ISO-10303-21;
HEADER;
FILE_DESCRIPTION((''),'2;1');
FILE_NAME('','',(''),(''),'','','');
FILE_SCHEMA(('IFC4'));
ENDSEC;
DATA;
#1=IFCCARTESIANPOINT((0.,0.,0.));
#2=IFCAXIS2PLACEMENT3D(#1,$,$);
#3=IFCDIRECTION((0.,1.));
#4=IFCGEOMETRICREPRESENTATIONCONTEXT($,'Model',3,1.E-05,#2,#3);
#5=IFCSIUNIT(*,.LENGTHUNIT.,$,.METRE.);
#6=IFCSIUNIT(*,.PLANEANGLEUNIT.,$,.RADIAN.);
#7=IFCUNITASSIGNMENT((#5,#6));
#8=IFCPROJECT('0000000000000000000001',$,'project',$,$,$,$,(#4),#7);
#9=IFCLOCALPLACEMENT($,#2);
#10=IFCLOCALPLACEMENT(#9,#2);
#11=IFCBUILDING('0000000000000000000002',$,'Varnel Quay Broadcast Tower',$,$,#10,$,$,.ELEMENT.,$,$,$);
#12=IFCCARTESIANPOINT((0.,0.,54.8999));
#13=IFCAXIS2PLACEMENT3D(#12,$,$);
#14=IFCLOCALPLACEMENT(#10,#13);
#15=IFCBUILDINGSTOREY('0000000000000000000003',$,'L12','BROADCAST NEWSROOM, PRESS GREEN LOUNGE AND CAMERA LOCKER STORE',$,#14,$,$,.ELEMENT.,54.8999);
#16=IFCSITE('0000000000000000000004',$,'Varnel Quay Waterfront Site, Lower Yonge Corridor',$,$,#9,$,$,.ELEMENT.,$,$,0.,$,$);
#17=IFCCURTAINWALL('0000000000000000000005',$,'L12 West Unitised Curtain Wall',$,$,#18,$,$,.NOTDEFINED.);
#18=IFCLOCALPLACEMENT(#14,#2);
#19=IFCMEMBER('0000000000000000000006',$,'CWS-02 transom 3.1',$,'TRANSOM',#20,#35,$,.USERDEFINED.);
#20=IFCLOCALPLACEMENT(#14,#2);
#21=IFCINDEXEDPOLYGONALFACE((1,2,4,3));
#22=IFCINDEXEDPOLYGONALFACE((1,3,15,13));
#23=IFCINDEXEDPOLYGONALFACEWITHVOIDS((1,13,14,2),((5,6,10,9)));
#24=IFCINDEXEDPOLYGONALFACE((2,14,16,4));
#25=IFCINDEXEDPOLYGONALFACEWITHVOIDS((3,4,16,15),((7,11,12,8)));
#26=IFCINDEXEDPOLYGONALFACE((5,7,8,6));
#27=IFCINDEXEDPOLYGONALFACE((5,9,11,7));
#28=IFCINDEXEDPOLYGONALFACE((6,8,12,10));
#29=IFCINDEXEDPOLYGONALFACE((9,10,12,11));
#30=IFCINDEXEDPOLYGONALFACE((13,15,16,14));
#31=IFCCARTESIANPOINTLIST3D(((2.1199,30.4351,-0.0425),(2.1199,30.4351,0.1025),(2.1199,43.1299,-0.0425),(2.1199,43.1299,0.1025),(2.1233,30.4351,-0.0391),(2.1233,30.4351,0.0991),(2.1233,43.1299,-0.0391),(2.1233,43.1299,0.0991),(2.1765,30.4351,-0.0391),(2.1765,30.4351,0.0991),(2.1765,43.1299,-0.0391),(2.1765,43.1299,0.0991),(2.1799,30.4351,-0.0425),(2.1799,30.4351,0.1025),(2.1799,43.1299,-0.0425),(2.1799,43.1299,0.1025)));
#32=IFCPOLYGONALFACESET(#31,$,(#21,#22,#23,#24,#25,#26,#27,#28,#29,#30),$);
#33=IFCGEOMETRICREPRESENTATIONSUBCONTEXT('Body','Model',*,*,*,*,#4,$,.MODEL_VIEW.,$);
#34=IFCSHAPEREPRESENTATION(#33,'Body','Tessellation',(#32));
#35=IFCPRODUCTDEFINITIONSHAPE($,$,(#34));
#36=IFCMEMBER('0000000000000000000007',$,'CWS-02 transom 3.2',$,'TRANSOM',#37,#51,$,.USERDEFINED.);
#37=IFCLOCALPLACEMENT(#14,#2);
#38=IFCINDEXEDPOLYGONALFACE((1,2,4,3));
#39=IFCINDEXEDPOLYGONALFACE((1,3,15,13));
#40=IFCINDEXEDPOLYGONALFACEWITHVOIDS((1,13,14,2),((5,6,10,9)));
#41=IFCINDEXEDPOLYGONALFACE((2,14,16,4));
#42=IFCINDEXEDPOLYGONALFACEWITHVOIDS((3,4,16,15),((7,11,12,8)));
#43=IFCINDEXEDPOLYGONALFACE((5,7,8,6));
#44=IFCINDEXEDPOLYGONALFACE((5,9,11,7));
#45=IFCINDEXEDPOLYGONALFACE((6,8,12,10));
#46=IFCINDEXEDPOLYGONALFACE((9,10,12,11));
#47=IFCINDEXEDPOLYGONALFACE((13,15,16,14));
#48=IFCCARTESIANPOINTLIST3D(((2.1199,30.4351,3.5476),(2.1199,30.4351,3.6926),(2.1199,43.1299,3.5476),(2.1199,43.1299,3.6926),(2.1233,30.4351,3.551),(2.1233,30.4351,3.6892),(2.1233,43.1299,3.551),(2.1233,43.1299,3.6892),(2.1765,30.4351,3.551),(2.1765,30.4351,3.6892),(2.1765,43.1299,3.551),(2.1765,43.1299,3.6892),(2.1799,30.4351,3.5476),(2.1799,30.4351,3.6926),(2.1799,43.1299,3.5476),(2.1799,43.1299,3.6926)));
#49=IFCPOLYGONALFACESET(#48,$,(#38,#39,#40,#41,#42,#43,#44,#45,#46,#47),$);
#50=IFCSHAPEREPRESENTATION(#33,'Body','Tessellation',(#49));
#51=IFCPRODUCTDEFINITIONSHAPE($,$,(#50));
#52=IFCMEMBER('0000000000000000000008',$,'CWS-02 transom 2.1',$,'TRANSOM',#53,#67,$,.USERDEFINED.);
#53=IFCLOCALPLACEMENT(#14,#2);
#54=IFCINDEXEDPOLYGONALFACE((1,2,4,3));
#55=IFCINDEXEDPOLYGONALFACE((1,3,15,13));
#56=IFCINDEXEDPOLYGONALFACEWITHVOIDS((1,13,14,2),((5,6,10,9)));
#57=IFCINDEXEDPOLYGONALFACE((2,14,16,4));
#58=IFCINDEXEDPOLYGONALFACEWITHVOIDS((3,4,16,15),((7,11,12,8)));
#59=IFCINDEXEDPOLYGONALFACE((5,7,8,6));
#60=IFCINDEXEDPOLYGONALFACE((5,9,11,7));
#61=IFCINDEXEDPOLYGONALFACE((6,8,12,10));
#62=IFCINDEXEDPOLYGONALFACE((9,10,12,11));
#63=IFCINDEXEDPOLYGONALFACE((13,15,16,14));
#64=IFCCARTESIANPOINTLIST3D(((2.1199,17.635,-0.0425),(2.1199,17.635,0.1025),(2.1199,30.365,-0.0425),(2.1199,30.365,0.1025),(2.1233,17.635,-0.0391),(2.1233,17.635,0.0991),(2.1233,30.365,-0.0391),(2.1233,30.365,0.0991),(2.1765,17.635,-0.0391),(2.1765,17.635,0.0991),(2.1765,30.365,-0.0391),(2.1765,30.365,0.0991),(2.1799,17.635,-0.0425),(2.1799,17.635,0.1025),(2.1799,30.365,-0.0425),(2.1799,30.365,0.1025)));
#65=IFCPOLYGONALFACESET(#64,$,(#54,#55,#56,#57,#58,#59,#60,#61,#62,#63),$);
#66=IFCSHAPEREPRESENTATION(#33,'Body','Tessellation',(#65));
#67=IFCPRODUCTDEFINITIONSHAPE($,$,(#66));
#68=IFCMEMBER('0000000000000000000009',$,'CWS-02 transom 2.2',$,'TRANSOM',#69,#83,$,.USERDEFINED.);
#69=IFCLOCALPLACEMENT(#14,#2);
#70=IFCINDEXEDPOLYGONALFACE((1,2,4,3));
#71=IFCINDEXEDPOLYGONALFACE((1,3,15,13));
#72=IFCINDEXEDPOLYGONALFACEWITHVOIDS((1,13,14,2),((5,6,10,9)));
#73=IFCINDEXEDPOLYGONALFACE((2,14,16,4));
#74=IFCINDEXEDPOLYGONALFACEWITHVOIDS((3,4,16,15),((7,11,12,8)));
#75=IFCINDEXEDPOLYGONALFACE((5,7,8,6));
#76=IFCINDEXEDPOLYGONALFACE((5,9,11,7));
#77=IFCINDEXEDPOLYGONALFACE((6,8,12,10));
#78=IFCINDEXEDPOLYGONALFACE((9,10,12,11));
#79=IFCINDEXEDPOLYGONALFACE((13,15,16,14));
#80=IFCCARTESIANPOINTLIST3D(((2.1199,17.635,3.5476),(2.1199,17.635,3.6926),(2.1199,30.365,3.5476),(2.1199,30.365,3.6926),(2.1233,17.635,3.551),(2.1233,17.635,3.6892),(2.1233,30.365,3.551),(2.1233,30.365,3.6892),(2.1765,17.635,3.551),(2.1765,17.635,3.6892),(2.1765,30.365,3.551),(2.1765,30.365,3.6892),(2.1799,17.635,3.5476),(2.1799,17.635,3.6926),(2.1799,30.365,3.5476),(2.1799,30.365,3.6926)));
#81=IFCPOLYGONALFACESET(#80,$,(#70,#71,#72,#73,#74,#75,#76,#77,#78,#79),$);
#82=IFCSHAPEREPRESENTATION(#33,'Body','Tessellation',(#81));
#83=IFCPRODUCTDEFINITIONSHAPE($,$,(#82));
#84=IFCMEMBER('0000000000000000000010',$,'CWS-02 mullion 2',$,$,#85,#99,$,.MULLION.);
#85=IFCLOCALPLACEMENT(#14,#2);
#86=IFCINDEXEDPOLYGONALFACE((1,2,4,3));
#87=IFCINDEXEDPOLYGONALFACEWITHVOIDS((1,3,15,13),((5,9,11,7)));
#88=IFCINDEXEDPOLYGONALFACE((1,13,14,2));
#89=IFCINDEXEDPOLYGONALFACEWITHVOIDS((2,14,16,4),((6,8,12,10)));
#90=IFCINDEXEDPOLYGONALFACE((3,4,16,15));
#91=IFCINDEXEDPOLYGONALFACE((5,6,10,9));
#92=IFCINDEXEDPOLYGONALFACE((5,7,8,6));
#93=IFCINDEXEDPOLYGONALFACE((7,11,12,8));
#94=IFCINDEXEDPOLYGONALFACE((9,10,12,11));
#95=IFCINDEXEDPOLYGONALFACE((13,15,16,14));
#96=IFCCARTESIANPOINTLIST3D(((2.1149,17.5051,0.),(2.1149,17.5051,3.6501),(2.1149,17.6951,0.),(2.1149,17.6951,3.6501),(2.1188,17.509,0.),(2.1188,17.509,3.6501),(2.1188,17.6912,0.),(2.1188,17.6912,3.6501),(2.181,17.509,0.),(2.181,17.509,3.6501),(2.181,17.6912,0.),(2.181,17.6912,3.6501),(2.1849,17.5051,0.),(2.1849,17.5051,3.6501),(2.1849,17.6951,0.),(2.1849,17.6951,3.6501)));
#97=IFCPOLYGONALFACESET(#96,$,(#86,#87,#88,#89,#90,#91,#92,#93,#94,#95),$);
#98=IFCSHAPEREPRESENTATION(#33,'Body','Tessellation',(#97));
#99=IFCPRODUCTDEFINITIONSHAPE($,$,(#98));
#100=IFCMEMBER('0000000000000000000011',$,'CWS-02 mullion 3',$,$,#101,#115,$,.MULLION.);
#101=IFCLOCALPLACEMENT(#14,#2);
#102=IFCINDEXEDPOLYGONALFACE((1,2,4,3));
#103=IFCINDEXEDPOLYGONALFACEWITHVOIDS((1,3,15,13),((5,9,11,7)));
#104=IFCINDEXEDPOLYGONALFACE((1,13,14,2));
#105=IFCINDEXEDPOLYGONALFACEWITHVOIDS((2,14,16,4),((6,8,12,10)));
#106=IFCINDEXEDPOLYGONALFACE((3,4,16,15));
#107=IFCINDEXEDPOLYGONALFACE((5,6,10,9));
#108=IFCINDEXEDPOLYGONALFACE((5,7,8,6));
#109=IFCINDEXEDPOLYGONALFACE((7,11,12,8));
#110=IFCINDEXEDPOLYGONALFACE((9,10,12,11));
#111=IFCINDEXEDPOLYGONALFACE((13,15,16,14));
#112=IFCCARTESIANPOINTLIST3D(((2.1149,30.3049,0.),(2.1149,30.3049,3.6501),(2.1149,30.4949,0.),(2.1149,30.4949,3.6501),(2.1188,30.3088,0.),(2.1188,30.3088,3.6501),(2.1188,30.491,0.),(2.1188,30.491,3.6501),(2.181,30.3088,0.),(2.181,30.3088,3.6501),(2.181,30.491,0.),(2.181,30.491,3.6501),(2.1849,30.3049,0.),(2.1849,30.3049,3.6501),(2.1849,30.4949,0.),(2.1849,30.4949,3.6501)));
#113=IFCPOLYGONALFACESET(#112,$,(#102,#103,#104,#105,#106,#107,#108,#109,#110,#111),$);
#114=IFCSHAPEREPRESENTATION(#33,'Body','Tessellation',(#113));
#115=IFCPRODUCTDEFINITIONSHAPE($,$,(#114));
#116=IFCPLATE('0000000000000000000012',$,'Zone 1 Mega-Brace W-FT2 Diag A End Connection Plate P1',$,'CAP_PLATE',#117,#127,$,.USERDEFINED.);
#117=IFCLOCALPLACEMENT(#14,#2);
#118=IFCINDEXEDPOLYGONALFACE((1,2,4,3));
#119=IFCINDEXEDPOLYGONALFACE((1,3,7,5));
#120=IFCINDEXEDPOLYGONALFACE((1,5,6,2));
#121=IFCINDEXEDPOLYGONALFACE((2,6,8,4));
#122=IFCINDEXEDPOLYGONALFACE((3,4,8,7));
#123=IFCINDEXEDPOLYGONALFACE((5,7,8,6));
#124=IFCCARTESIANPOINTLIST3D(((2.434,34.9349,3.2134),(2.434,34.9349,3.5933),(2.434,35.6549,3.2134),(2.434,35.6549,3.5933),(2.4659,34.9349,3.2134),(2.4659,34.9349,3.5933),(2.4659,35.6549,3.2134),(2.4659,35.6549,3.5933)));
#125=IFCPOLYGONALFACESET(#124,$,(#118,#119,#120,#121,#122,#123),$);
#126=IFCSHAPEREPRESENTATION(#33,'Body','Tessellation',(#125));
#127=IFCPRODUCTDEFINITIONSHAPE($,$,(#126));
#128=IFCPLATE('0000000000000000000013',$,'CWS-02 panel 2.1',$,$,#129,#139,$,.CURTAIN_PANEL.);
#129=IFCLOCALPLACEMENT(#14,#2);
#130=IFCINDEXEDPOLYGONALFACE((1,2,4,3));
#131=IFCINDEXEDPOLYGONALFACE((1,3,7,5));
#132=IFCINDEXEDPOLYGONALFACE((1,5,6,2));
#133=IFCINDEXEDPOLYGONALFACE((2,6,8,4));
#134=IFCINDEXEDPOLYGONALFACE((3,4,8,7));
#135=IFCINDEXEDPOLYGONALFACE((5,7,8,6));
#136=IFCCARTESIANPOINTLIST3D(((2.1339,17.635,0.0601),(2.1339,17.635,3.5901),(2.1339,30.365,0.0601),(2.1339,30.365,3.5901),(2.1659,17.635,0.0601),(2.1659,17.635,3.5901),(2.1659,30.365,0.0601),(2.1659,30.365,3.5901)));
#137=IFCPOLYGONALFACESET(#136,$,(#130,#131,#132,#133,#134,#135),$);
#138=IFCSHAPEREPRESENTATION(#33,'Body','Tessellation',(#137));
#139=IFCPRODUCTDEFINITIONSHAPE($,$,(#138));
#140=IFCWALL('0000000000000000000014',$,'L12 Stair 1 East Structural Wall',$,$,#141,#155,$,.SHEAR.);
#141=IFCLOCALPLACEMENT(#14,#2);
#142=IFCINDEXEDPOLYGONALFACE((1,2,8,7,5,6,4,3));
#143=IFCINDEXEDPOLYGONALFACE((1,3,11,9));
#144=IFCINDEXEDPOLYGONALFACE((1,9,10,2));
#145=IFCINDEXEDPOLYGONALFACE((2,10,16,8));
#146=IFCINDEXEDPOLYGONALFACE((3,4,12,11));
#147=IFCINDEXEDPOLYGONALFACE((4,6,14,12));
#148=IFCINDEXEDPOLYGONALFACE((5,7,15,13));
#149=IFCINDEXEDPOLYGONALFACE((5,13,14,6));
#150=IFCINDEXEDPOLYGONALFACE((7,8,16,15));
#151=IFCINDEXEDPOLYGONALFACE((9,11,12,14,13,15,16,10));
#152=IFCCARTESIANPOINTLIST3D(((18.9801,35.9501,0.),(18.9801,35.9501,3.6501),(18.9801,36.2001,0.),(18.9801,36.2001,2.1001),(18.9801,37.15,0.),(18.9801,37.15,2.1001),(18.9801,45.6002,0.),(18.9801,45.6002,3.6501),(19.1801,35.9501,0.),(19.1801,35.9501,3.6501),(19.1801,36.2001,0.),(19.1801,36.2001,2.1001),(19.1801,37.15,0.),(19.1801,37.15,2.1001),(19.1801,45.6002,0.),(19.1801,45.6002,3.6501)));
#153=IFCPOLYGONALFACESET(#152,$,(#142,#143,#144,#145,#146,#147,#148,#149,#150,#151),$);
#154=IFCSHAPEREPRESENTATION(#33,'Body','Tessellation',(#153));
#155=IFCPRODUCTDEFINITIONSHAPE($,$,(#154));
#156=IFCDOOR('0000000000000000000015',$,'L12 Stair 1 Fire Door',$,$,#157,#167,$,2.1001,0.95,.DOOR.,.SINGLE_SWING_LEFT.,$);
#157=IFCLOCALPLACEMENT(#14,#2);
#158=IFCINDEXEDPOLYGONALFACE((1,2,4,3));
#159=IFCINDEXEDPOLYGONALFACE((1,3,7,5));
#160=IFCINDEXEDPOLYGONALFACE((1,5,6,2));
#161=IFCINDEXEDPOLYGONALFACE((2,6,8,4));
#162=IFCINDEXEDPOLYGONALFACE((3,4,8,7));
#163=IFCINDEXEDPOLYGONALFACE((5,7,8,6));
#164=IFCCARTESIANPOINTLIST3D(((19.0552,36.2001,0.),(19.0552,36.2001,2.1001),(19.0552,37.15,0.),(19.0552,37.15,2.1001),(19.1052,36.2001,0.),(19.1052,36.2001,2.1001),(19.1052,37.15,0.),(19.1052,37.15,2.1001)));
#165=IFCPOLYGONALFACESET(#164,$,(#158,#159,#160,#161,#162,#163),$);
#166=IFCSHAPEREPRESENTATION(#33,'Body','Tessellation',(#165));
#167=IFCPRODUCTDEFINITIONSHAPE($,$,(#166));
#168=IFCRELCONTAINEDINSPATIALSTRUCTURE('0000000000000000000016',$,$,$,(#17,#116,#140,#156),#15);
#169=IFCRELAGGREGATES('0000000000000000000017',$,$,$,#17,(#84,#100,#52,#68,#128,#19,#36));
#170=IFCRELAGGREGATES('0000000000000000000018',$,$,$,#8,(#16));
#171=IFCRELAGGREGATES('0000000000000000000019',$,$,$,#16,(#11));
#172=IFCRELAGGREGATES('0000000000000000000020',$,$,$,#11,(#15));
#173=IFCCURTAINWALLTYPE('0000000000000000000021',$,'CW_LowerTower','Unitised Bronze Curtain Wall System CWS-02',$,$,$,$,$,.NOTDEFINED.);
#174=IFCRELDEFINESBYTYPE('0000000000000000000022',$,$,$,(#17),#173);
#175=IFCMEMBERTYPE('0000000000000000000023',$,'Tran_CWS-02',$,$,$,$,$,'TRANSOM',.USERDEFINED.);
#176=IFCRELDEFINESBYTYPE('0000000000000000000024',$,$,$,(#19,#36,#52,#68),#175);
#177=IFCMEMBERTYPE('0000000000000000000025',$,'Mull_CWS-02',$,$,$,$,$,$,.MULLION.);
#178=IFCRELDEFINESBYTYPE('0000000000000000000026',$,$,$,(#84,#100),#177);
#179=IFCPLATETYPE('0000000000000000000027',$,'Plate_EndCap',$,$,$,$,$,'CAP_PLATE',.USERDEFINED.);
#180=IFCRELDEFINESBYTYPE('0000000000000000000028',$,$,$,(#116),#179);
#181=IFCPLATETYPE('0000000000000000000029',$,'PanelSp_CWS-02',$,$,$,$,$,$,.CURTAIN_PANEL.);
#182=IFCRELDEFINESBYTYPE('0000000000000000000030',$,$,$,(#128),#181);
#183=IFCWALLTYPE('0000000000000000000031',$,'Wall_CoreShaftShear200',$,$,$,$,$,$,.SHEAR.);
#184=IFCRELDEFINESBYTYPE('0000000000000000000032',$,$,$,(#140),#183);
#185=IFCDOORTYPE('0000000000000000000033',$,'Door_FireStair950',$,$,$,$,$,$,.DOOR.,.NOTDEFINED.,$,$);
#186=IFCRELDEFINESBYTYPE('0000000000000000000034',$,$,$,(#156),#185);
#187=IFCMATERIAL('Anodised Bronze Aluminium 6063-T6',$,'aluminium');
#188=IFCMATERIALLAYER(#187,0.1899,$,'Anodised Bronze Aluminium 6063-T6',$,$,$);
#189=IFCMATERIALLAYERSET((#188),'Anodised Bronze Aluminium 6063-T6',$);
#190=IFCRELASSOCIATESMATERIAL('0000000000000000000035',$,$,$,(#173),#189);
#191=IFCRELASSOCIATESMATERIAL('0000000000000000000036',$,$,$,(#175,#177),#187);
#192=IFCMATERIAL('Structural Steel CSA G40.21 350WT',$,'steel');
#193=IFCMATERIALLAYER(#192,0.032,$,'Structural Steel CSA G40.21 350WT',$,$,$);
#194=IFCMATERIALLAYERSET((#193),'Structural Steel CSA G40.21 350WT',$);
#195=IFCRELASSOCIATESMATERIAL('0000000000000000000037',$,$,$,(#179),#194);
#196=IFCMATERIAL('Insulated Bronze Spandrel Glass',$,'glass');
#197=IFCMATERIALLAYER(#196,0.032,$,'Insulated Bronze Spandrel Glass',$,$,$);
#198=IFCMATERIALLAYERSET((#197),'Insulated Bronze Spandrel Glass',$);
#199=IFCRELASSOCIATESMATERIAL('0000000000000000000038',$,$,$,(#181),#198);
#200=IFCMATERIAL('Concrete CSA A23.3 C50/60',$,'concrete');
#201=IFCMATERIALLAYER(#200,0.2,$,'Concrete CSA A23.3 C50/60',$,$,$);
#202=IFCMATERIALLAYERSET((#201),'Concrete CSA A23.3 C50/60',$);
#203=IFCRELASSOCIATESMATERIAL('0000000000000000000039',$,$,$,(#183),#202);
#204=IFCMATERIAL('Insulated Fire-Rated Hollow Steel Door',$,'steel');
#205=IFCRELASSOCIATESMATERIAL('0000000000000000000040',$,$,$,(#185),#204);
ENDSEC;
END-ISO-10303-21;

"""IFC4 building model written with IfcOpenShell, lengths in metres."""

from ifc_helpers import new_model, si_unit, direction, frame, frame_2d, origin, origin_2d, place, context, subcontext, project, spatial, rectangle, hollow_rectangle, extrude, source, transform, mapped, material, layer, layer_set, material_profile, profile_set, type_object, type_shapes, element, fill, aggregate, save


model = new_model("IFC4")

# Units and contexts
model_context = context("Model", 3, precision=1e-05, world=origin(), true_north=direction((0.0, 1.0)))
body_context = subcontext(model_context, "Body", "Model", "MODEL_VIEW")
ifc_project = project(units=[si_unit("LENGTHUNIT", "METRE"), si_unit("PLANEANGLEUNIT", "RADIAN")], contexts=[model_context])

# Site, building, storey
site_placement = place(None, origin())
site = spatial("IfcSite", under=ifc_project, at=site_placement, Name="Varnel Quay Waterfront Site, Lower Yonge Corridor", CompositionType="ELEMENT", RefElevation=0.0)
building_placement = place(site_placement, origin())
building = spatial("IfcBuilding", under=site, at=building_placement, Name="Varnel Quay Broadcast Tower", CompositionType="ELEMENT")
storey_placement = place(building_placement, frame((0.0, 0.0, 54.8999)))
storey = spatial("IfcBuildingStorey", under=building, at=storey_placement, Name="L12", Description="BROADCAST NEWSROOM, PRESS GREEN LOUNGE AND CAMERA LOCKER STORE", CompositionType="ELEMENT", Elevation=54.8999)

# Shared definitions
ifc_material_1 = material(Name="Structural Steel CSA G40.21 350WT", Category="steel")

# Curtain wall, members
ifc_material_2 = material(Name="Anodised Bronze Aluminium 6063-T6", Category="aluminium")
ifc_layer_1 = layer(ifc_material_2, 0.1899, Name="Anodised Bronze Aluminium 6063-T6")
ifc_layer_set_1 = layer_set([ifc_layer_1], Name="Anodised Bronze Aluminium 6063-T6")
curtain_wall_type = type_object("IfcCurtainWallType", Name="CW_LowerTower", Description="Unitised Bronze Curtain Wall System CWS-02", PredefinedType="NOTDEFINED", material=ifc_layer_set_1)
curtain_wall_placement = place(storey_placement, origin())
curtain_wall = element("IfcCurtainWall", 1, at=curtain_wall_placement, inside=storey, type_object=curtain_wall_type, Name="L12 West Unitised Curtain Wall", PredefinedType="NOTDEFINED")
ifc_material_profile_1 = material_profile(ifc_material_2, hollow_rectangle(XDim=0.0601, YDim=0.145, WallThickness=0.0034, at=origin_2d()), Name="ALU60X145X3.5")
ifc_profile_set_1 = profile_set([ifc_material_profile_1], Name="Anodised Bronze Aluminium 6063-T6")
member_type_1 = type_object("IfcMemberType", Name="Tran_CWS-02", ElementType="TRANSOM", PredefinedType="USERDEFINED", material=ifc_profile_set_1)
shared_shape_1 = source(origin(), body_context, "Body", "SweptSolid", [
    extrude(hollow_rectangle(XDim=0.0601, YDim=0.145, WallThickness=0.0034, at=origin_2d()), origin(), (0.0, 0.0, 1.0), 12.6948),
])
member_1_placement = place(storey_placement, frame((2.1499, 30.4351, 0.03), z_axis=(0.0, 1.0, 0.0), x_axis=(-1.0, 0.0, 0.0)))
member_1 = element("IfcMember", 2, at=member_1_placement, type_object=member_type_1, Name="CWS-02 transom 3.1", ObjectType="TRANSOM", PredefinedType="USERDEFINED", context=body_context, shape_type="MappedRepresentation", body=[
    mapped(shared_shape_1, transform((0.0, 0.0, 0.0), x_axis=(1.0, 0.0, 0.0), y_axis=(0.0, 1.0, 0.0), z_axis=(0.0, 0.0, 1.0), scale=1.0)),
])
member_2_placement = place(storey_placement, frame((2.1499, 30.4351, 3.6201), z_axis=(0.0, 1.0, 0.0), x_axis=(-1.0, 0.0, 0.0)))
member_2 = element("IfcMember", 3, at=member_2_placement, type_object=member_type_1, Name="CWS-02 transom 3.2", ObjectType="TRANSOM", PredefinedType="USERDEFINED", context=body_context, shape_type="MappedRepresentation", body=[
    mapped(shared_shape_1, transform((0.0, 0.0, 0.0), x_axis=(1.0, 0.0, 0.0), y_axis=(0.0, 1.0, 0.0), z_axis=(0.0, 0.0, 1.0), scale=1.0)),
])
shared_shape_2 = source(origin(), body_context, "Body", "SweptSolid", [
    extrude(hollow_rectangle(XDim=0.0601, YDim=0.145, WallThickness=0.0034, at=origin_2d()), origin(), (0.0, 0.0, 1.0), 12.73),
])
type_shapes(member_type_1, [shared_shape_1, shared_shape_2])
member_3_placement = place(storey_placement, frame((2.1499, 17.635, 0.03), z_axis=(0.0, 1.0, 0.0), x_axis=(-1.0, 0.0, 0.0)))
member_3 = element("IfcMember", 4, at=member_3_placement, type_object=member_type_1, Name="CWS-02 transom 2.1", ObjectType="TRANSOM", PredefinedType="USERDEFINED", context=body_context, shape_type="MappedRepresentation", body=[
    mapped(shared_shape_2, transform((0.0, 0.0, 0.0), x_axis=(1.0, 0.0, 0.0), y_axis=(0.0, 1.0, 0.0), z_axis=(0.0, 0.0, 1.0), scale=1.0)),
])
member_4_placement = place(storey_placement, frame((2.1499, 17.635, 3.6201), z_axis=(0.0, 1.0, 0.0), x_axis=(-1.0, 0.0, 0.0)))
member_4 = element("IfcMember", 5, at=member_4_placement, type_object=member_type_1, Name="CWS-02 transom 2.2", ObjectType="TRANSOM", PredefinedType="USERDEFINED", context=body_context, shape_type="MappedRepresentation", body=[
    mapped(shared_shape_2, transform((0.0, 0.0, 0.0), x_axis=(1.0, 0.0, 0.0), y_axis=(0.0, 1.0, 0.0), z_axis=(0.0, 0.0, 1.0), scale=1.0)),
])
ifc_material_profile_2 = material_profile(ifc_material_2, hollow_rectangle(XDim=0.0701, YDim=0.1899, WallThickness=0.0039, at=origin_2d()), Name="ALU70X190X4")
ifc_profile_set_2 = profile_set([ifc_material_profile_2], Name="Anodised Bronze Aluminium 6063-T6")
member_type_2 = type_object("IfcMemberType", Name="Mull_CWS-02", PredefinedType="MULLION", material=ifc_profile_set_2)
shared_shape_3 = source(origin(), body_context, "Body", "SweptSolid", [
    extrude(hollow_rectangle(XDim=0.0701, YDim=0.1899, WallThickness=0.0039, at=origin_2d()), origin(), (0.0, 0.0, 1.0), 3.6501),
])
type_shapes(member_type_2, [shared_shape_3])
member_5_placement = place(storey_placement, frame((2.1499, 17.6001, 0.0), z_axis=(0.0, 0.0, 1.0), x_axis=(-1.0, 0.0, 0.0)))
member_5 = element("IfcMember", 6, at=member_5_placement, type_object=member_type_2, Name="CWS-02 mullion 2", PredefinedType="MULLION", context=body_context, shape_type="MappedRepresentation", body=[
    mapped(shared_shape_3, transform((0.0, 0.0, 0.0), x_axis=(1.0, 0.0, 0.0), y_axis=(0.0, 1.0, 0.0), z_axis=(0.0, 0.0, 1.0), scale=1.0)),
])
member_6_placement = place(storey_placement, frame((2.1499, 30.3999, 0.0), z_axis=(0.0, 0.0, 1.0), x_axis=(-1.0, 0.0, 0.0)))
member_6 = element("IfcMember", 7, at=member_6_placement, type_object=member_type_2, Name="CWS-02 mullion 3", PredefinedType="MULLION", context=body_context, shape_type="MappedRepresentation", body=[
    mapped(shared_shape_3, transform((0.0, 0.0, 0.0), x_axis=(1.0, 0.0, 0.0), y_axis=(0.0, 1.0, 0.0), z_axis=(0.0, 0.0, 1.0), scale=1.0)),
])

# Plates
ifc_layer_2 = layer(ifc_material_1, 0.032, Name="Structural Steel CSA G40.21 350WT")
ifc_layer_set_2 = layer_set([ifc_layer_2], Name="Structural Steel CSA G40.21 350WT")
plate_type_1 = type_object("IfcPlateType", Name="Plate_EndCap", ElementType="CAP_PLATE", PredefinedType="USERDEFINED", material=ifc_layer_set_2)
shared_shape_4 = source(origin(), body_context, "Body", "SweptSolid", [
    extrude(rectangle(XDim=0.72, YDim=0.032, at=origin_2d()), origin(), (0.0, 0.0, 1.0), 0.3799),
])
type_shapes(plate_type_1, [shared_shape_4])
plate_1_placement = place(storey_placement, frame((2.45, 35.2949, 3.2134), z_axis=(0.0, 0.0, 1.0), x_axis=(0.0, 1.0, 0.0)))
element("IfcPlate", 8, at=plate_1_placement, inside=storey, type_object=plate_type_1, Name="Zone 1 Mega-Brace W-FT2 Diag A End Connection Plate P1", ObjectType="CAP_PLATE", PredefinedType="USERDEFINED", context=body_context, shape_type="MappedRepresentation", body=[
    mapped(shared_shape_4, transform((0.0, 0.0, 0.0), x_axis=(1.0, 0.0, 0.0), y_axis=(0.0, 1.0, 0.0), z_axis=(0.0, 0.0, 1.0), scale=1.0)),
])
ifc_material_3 = material(Name="Insulated Bronze Spandrel Glass", Category="glass")
ifc_layer_3 = layer(ifc_material_3, 0.032, Name="Insulated Bronze Spandrel Glass")
ifc_layer_set_3 = layer_set([ifc_layer_3], Name="Insulated Bronze Spandrel Glass")
plate_type_2 = type_object("IfcPlateType", Name="PanelSp_CWS-02", PredefinedType="CURTAIN_PANEL", material=ifc_layer_set_3)
shared_shape_5 = source(origin(), body_context, "Body", "SweptSolid", [
    extrude(rectangle(XDim=12.73, YDim=0.032, at=origin_2d()), origin(), (0.0, 0.0, 1.0), 3.53),
])
type_shapes(plate_type_2, [shared_shape_5])
plate_2_placement = place(storey_placement, frame((2.1499, 24.0, 0.0601), z_axis=(0.0, 0.0, 1.0), x_axis=(0.0, 1.0, 0.0)))
plate_2 = element("IfcPlate", 9, at=plate_2_placement, type_object=plate_type_2, Name="CWS-02 panel 2.1", PredefinedType="CURTAIN_PANEL", context=body_context, shape_type="MappedRepresentation", body=[
    mapped(shared_shape_5, transform((0.0, 0.0, 0.0), x_axis=(1.0, 0.0, 0.0), y_axis=(0.0, 1.0, 0.0), z_axis=(0.0, 0.0, 1.0), scale=1.0)),
])
aggregate(curtain_wall, [member_5, member_6, member_3, member_4, plate_2, member_1, member_2])

# Wall, opening, door
ifc_material_4 = material(Name="Concrete CSA A23.3 C50/60", Category="concrete")
ifc_layer_4 = layer(ifc_material_4, 0.2, Name="Concrete CSA A23.3 C50/60")
ifc_layer_set_4 = layer_set([ifc_layer_4], Name="Concrete CSA A23.3 C50/60")
wall_type_1 = type_object("IfcWallType", Name="Wall_CoreShaftShear200", PredefinedType="SHEAR", material=ifc_layer_set_4)
wall_1_placement = place(storey_placement, frame((19.0801, 35.95, 0.0), z_axis=(0.0, 0.0, 1.0), x_axis=(0.0, 1.0, 0.0)))
wall_1 = element("IfcWall", 10, at=wall_1_placement, inside=storey, type_object=wall_type_1, Name="L12 Stair 1 East Structural Wall", PredefinedType="SHEAR", context=body_context, shape_type="SweptSolid", body=[
    extrude(rectangle(XDim=9.6501, YDim=0.2, at=frame_2d((4.8252, 0.0))), origin(), (0.0, 0.0, 1.0), 3.6501),
])
opening_1_placement = place(wall_1_placement, frame((0.25, 0.0, 0.0)))
opening_1 = element("IfcOpeningElement", 11, at=opening_1_placement, cuts=wall_1, PredefinedType="OPENING", context=body_context, shape_type="SweptSolid", body=[
    extrude(rectangle(XDim=0.95, YDim=2.1001, at=frame_2d((0.4751, 1.05))), frame((0.0, 0.1099, 0.0), z_axis=(0.0, -1.0, 0.0), x_axis=(1.0, 0.0, 0.0)), (0.0, 0.0, 1.0), 0.22),
])
ifc_material_5 = material(Name="Insulated Fire-Rated Hollow Steel Door", Category="steel")
door_type_1 = type_object("IfcDoorType", Name="Door_FireStair950", OperationType="NOTDEFINED", PredefinedType="DOOR", material=ifc_material_5)
shared_shape_6 = source(origin(), body_context, "Body", "SweptSolid", [
    extrude(rectangle(XDim=0.95, YDim=2.1001, at=frame_2d((0.4751, 1.05))), frame((0.0, 0.0249, 0.0), z_axis=(0.0, -1.0, 0.0), x_axis=(1.0, 0.0, 0.0)), (0.0, 0.0, 1.0), 0.05),
])
type_shapes(door_type_1, [shared_shape_6])
door_1_placement = place(opening_1_placement, origin())
door_1 = element("IfcDoor", 12, at=door_1_placement, inside=storey, type_object=door_type_1, Name="L12 Stair 1 Fire Door", OperationType="SINGLE_SWING_LEFT", OverallHeight=2.1001, OverallWidth=0.95, PredefinedType="DOOR", context=body_context, shape_type="MappedRepresentation", body=[
    mapped(shared_shape_6, transform((0.0, 0.0, 0.0), x_axis=(1.0, 0.0, 0.0), y_axis=(0.0, 1.0, 0.0), z_axis=(0.0, 0.0, 1.0), scale=1.0)),
])
fill(opening_1, door_1)

save(model, "model.ifc")
